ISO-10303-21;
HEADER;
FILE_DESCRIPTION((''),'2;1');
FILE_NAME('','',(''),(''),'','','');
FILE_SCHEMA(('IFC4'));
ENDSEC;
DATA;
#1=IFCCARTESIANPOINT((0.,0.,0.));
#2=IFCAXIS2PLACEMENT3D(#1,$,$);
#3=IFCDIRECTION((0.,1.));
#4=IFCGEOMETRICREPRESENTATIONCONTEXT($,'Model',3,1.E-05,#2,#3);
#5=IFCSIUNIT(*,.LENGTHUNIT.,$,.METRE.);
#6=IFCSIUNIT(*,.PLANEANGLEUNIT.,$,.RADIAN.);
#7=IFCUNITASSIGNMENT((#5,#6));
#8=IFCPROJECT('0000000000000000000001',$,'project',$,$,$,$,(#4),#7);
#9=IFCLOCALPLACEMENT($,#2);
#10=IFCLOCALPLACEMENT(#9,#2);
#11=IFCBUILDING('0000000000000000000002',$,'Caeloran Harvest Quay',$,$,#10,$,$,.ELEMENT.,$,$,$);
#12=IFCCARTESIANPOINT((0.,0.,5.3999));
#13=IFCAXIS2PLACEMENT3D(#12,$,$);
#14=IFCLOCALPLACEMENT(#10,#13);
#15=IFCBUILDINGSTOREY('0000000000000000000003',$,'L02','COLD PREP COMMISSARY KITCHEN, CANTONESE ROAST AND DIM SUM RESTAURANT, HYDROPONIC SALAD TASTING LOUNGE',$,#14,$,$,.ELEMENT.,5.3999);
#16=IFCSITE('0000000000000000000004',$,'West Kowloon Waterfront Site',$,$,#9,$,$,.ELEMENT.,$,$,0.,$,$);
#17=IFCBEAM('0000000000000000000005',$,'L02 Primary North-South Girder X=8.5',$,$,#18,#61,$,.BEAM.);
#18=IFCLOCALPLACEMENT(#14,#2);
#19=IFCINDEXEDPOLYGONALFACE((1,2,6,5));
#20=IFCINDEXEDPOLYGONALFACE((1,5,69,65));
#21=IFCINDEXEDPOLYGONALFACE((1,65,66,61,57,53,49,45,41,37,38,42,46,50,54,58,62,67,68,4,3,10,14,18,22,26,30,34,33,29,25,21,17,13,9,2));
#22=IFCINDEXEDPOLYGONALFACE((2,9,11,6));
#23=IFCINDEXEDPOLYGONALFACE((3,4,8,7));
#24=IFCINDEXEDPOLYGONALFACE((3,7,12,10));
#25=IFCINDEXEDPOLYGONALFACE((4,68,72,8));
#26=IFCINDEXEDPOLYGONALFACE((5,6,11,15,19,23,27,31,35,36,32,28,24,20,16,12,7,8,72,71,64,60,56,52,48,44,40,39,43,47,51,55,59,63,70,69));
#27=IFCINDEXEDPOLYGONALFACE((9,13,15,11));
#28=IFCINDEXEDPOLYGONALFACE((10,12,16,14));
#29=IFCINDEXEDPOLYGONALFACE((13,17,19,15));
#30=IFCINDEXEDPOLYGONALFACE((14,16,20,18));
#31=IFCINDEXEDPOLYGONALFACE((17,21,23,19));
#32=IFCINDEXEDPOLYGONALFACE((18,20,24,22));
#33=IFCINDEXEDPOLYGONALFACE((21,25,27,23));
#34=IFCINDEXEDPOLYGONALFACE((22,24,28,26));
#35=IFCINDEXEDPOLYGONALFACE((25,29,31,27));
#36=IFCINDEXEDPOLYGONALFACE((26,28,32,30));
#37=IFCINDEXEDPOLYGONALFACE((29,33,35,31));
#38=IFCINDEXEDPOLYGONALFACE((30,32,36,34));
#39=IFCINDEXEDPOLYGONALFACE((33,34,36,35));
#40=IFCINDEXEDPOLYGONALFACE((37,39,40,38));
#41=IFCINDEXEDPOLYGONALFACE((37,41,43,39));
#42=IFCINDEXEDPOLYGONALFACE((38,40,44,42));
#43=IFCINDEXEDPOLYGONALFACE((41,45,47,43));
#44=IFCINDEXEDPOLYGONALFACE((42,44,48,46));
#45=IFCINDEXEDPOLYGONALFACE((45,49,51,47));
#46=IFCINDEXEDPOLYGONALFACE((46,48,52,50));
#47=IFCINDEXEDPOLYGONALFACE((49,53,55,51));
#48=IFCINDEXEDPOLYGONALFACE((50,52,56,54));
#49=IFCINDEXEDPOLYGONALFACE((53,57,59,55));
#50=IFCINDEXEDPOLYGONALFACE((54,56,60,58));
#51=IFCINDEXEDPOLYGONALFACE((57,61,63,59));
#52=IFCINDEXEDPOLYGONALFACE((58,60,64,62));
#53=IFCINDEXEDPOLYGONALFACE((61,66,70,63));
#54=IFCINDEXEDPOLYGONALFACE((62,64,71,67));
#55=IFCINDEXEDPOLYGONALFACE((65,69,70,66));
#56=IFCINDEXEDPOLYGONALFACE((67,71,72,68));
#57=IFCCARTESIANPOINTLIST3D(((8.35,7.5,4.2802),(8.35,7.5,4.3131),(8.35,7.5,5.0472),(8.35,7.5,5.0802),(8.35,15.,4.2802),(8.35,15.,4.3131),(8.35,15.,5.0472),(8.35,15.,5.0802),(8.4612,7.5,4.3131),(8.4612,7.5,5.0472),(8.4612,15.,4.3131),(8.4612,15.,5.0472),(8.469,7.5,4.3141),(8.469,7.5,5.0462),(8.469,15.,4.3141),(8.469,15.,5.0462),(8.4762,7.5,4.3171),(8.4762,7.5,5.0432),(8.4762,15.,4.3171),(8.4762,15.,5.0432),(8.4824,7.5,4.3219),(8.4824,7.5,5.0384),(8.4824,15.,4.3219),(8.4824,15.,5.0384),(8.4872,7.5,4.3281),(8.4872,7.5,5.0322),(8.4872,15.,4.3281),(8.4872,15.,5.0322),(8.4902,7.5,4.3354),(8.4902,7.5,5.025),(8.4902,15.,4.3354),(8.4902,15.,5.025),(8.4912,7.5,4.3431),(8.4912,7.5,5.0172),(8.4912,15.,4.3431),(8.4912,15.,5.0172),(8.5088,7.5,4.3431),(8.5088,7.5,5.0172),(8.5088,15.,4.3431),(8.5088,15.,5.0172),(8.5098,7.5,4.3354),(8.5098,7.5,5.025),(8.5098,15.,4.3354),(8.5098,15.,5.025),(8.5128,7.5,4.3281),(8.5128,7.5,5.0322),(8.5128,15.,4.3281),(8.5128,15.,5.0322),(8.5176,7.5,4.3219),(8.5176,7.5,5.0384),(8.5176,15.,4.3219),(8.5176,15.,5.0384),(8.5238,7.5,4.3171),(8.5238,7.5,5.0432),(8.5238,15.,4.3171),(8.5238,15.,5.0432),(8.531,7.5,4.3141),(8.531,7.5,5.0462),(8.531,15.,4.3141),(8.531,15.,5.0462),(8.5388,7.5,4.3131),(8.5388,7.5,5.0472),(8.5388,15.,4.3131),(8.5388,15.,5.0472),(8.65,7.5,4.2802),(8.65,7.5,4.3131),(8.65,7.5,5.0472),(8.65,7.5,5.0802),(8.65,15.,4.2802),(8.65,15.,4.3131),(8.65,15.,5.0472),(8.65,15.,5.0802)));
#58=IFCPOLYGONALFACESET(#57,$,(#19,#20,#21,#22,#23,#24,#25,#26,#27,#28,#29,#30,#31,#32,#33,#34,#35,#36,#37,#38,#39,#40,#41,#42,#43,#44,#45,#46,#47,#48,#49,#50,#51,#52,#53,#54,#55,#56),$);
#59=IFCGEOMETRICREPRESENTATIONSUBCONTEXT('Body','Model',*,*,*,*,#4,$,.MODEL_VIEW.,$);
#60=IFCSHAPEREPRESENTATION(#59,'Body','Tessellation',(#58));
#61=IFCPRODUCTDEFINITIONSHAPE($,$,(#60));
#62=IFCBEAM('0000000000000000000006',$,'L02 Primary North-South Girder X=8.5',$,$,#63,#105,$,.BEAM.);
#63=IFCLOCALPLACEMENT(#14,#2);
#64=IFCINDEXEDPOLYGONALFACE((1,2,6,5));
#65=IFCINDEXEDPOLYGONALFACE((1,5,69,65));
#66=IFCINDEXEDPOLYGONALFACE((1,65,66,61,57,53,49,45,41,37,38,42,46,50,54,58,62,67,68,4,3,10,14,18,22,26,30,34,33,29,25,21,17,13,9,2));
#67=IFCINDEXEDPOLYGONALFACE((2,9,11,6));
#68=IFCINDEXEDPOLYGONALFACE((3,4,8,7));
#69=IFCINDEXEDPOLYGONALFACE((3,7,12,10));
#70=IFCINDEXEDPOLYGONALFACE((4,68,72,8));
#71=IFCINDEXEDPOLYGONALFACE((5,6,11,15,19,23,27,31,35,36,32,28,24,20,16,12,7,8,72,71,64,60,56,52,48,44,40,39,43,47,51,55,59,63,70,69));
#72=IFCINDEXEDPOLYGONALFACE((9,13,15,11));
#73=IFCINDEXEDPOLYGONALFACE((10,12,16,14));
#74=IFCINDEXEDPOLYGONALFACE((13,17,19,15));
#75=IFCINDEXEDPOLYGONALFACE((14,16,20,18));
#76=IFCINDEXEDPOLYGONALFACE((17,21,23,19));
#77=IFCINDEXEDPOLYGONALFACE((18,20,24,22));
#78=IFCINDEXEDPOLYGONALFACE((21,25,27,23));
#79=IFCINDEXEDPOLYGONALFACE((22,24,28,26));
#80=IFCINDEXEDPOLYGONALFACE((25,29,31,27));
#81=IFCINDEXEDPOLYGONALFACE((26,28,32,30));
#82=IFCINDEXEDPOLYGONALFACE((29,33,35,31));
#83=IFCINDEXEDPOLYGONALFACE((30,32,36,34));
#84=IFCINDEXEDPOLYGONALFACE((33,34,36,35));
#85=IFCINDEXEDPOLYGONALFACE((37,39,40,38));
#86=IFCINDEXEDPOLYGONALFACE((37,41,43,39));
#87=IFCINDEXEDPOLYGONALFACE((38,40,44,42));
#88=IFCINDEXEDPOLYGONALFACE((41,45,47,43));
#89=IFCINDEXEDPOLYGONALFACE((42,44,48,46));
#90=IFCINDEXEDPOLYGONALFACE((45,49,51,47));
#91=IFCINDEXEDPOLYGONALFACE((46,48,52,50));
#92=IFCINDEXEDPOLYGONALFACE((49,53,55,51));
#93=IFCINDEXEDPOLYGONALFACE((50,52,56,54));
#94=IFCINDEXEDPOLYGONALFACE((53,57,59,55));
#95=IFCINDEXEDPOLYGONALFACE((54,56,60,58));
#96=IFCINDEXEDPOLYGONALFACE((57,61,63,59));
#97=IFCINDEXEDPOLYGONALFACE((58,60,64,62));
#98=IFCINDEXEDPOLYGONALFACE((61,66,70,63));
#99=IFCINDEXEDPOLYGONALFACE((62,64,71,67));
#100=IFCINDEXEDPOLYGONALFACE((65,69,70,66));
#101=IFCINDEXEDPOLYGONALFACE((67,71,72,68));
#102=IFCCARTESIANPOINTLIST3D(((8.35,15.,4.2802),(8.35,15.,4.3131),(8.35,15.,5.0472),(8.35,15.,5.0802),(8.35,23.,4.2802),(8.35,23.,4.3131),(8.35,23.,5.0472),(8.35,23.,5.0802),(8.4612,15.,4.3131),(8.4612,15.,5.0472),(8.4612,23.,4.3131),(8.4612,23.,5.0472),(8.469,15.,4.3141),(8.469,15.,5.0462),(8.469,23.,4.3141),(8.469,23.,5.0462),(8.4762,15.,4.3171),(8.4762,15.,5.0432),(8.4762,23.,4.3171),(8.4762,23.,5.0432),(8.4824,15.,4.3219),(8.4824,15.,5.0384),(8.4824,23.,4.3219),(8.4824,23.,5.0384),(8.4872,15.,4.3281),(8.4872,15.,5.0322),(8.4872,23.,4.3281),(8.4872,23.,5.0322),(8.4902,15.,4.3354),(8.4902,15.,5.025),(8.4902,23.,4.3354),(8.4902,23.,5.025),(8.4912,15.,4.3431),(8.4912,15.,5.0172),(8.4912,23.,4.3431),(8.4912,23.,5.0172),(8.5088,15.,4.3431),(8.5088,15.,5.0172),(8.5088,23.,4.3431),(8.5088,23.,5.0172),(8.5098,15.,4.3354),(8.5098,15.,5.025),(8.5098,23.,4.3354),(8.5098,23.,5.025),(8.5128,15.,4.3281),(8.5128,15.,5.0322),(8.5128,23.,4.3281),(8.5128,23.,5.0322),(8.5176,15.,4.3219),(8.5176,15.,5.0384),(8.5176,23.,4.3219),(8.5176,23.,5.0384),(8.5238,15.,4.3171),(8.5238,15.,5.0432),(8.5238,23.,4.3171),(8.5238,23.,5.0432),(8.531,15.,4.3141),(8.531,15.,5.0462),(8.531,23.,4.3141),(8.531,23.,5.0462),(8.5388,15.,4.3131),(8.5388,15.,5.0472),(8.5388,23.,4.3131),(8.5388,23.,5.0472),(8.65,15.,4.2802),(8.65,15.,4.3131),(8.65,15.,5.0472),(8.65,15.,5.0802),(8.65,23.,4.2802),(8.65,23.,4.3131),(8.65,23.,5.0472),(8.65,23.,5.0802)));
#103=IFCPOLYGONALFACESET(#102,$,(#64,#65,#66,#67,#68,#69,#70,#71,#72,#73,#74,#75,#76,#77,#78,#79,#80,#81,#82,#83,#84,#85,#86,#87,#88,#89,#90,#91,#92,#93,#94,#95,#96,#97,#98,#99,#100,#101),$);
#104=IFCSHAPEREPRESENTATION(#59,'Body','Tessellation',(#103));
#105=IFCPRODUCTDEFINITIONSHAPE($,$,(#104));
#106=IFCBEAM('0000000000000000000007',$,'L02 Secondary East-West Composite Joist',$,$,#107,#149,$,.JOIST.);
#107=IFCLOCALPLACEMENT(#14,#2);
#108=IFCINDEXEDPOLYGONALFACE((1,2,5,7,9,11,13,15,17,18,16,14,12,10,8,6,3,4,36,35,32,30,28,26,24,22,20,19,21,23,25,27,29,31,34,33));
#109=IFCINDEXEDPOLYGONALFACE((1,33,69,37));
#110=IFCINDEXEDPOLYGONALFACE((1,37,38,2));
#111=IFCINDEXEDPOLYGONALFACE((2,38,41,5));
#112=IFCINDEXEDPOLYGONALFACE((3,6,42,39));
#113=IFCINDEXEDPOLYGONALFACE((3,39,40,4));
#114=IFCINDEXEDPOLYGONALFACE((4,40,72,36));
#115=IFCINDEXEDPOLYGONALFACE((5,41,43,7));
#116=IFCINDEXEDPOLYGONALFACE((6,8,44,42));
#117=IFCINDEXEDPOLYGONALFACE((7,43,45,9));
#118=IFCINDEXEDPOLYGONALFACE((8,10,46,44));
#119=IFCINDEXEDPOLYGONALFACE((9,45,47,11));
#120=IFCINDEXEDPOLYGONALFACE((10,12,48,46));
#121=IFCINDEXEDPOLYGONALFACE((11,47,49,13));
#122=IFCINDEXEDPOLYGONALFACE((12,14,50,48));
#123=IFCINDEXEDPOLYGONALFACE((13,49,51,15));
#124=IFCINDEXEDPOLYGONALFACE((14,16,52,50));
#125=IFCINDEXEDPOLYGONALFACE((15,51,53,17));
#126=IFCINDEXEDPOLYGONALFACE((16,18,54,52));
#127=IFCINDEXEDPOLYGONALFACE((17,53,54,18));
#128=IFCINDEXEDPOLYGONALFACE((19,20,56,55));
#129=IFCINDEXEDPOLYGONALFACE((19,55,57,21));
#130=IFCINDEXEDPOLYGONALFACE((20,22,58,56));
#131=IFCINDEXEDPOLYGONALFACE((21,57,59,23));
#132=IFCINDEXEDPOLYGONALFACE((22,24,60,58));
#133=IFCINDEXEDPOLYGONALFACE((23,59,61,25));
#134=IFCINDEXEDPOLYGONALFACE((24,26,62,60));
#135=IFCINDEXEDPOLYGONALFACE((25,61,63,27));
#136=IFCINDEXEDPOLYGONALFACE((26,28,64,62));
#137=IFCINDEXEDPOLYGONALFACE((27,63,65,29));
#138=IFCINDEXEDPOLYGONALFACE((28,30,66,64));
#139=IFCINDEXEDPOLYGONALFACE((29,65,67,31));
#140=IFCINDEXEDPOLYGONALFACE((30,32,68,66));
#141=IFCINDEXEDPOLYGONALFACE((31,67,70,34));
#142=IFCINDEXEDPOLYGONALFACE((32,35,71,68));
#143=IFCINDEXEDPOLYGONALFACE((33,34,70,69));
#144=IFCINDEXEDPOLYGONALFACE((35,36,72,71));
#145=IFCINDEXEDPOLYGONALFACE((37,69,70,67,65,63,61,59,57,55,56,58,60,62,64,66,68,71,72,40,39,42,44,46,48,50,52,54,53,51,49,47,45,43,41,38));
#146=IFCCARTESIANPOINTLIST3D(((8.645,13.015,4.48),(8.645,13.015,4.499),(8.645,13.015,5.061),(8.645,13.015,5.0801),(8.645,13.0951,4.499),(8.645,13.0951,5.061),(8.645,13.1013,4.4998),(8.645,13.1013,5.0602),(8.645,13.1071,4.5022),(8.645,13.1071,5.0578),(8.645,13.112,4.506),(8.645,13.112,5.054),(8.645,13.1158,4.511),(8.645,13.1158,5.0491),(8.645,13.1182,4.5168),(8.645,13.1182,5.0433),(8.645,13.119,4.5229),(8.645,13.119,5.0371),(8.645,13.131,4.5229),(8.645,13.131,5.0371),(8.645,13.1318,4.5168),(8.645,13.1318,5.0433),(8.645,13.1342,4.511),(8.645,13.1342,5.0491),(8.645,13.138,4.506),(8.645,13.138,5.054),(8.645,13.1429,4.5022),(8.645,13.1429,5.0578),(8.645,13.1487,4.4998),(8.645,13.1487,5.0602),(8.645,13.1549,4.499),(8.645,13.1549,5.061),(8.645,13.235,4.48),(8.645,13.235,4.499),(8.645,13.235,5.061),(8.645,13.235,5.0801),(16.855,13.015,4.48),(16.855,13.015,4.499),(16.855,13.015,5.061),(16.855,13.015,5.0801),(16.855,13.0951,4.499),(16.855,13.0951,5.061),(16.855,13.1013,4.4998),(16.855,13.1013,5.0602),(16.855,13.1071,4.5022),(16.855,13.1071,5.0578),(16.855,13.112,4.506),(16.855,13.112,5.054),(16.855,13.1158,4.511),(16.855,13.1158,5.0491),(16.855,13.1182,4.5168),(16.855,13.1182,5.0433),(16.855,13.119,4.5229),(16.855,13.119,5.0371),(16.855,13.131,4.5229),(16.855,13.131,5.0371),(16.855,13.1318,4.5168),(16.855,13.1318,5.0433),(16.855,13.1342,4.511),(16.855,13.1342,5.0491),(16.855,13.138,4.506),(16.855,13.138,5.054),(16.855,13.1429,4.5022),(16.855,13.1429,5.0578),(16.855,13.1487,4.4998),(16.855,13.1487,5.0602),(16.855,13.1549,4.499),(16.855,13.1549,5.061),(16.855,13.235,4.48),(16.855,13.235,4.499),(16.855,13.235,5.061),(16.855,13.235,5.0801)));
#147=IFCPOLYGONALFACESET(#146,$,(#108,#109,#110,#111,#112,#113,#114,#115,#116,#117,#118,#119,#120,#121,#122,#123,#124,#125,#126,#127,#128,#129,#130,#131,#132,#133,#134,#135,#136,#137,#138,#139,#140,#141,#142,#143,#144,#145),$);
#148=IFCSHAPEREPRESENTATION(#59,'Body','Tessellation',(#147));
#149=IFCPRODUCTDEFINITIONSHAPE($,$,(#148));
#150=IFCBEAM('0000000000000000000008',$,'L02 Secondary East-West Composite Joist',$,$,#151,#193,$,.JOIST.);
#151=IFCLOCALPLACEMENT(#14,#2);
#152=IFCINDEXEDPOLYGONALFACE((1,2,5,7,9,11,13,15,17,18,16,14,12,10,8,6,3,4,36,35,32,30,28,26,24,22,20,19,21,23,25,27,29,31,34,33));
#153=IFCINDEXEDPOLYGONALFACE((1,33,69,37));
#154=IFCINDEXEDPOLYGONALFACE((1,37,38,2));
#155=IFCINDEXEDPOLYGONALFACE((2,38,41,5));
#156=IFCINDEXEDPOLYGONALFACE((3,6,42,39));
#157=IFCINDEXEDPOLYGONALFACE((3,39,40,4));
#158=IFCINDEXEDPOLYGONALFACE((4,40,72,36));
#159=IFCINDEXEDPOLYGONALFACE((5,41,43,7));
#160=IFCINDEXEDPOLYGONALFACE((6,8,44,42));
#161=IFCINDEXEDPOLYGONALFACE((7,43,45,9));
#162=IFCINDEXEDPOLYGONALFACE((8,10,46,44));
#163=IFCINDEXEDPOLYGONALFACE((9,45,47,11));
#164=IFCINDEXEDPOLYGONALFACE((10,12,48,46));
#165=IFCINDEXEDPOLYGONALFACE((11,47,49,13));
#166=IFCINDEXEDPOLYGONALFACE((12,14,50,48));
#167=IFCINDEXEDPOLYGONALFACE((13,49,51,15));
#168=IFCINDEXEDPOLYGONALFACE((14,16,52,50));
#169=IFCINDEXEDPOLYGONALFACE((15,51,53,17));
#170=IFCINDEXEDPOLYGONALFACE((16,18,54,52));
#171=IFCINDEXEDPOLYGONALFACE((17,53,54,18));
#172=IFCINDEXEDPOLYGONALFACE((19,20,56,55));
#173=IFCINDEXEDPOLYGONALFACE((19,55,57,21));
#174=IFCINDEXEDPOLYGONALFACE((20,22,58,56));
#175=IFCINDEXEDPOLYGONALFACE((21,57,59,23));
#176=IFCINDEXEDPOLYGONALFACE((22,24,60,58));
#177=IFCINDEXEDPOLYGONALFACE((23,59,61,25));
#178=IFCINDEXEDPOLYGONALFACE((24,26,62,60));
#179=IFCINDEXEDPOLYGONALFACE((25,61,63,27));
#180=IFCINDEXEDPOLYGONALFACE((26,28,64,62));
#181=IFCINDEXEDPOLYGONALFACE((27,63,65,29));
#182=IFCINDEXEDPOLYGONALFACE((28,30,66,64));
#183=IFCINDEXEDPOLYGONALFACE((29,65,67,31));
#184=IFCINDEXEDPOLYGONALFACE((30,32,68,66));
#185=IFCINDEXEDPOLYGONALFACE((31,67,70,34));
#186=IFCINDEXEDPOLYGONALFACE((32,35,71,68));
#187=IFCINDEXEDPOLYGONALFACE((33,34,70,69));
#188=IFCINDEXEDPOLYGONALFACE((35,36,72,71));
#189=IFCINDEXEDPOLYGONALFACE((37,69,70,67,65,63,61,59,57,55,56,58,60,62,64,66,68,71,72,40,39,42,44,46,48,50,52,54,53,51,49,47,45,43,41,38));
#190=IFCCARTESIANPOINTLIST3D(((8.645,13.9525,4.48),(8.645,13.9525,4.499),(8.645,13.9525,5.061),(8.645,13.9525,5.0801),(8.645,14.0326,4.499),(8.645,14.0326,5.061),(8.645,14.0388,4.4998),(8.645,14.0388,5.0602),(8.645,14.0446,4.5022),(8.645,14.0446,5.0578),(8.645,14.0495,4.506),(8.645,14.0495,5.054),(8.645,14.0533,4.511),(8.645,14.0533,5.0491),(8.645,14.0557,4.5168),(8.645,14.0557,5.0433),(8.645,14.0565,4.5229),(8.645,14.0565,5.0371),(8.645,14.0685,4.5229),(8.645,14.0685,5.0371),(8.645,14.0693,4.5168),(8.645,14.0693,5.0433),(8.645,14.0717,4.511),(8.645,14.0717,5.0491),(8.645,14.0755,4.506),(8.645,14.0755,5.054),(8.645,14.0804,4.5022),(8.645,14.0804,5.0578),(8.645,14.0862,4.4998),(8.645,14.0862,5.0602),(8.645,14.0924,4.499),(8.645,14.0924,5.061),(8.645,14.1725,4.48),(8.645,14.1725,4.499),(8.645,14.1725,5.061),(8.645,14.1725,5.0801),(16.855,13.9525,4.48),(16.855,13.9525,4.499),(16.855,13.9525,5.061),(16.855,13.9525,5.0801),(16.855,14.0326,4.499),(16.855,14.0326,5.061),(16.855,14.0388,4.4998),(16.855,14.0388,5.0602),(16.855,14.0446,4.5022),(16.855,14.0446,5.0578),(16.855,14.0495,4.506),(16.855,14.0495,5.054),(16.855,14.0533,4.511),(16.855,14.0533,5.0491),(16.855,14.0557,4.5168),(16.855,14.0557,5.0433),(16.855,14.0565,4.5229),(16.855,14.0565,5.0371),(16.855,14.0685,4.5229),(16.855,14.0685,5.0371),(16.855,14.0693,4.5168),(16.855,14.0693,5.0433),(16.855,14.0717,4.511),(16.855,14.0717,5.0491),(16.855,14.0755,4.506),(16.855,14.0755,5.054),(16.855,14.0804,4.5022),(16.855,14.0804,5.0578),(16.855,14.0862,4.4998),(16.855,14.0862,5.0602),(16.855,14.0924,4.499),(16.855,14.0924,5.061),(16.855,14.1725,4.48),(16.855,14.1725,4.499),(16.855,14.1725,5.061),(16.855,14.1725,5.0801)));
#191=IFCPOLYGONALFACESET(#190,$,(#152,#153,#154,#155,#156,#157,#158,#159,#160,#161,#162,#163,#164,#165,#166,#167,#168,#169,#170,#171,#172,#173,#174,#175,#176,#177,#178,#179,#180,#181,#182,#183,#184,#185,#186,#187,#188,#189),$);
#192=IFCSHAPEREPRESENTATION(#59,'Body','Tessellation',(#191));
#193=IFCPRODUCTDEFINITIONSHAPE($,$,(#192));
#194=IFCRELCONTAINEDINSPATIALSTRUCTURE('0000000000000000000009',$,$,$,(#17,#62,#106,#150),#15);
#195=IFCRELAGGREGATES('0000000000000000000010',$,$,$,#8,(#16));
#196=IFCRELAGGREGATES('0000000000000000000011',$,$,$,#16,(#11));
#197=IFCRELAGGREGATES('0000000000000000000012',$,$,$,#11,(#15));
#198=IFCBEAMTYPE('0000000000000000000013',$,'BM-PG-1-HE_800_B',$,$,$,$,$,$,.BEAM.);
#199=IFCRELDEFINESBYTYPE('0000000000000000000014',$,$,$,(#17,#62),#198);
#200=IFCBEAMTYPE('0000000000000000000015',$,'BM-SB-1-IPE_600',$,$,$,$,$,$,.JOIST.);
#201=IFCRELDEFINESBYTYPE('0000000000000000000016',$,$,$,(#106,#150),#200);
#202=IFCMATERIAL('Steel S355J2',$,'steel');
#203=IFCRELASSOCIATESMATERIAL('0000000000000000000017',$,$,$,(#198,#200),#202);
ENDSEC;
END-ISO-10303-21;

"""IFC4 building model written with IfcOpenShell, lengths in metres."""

from ifc_helpers import new_model, si_unit, direction, frame, origin, origin_2d, place, context, subcontext, project, spatial, i_section, extrude, material, material_profile, profile_set, type_object, element, save


model = new_model("IFC4")

# Units and contexts
model_context = context("Model", 3, precision=1e-05, world=origin(), true_north=direction((0.0, 1.0)))
body_context = subcontext(model_context, "Body", "Model", "MODEL_VIEW")
ifc_project = project(units=[si_unit("LENGTHUNIT", "METRE"), si_unit("PLANEANGLEUNIT", "RADIAN")], contexts=[model_context])

# Site, building, storey
site_placement = place(None, origin())
site = spatial("IfcSite", under=ifc_project, at=site_placement, Name="West Kowloon Waterfront Site", CompositionType="ELEMENT", RefElevation=0.0)
building_placement = place(site_placement, origin())
building = spatial("IfcBuilding", under=site, at=building_placement, Name="Caeloran Harvest Quay", CompositionType="ELEMENT")
storey_placement = place(building_placement, frame((0.0, 0.0, 5.3999)))
storey = spatial("IfcBuildingStorey", under=building, at=storey_placement, Name="L02", Description="COLD PREP COMMISSARY KITCHEN, CANTONESE ROAST AND DIM SUM RESTAURANT, HYDROPONIC SALAD TASTING LOUNGE", CompositionType="ELEMENT", Elevation=5.3999)

# Beams
ifc_material_1 = material(Name="Steel S355J2", Category="steel")
ifc_material_profile_1 = material_profile(ifc_material_1, i_section(OverallWidth=0.3, OverallDepth=0.8, WebThickness=0.0176, FlangeThickness=0.033, FilletRadius=0.03, at=origin_2d()), Name="HE 800 B")
ifc_profile_set_1 = profile_set([ifc_material_profile_1], Name="Steel S355J2")
beam_type_1 = type_object("IfcBeamType", Name="BM-PG-1-HE_800_B", PredefinedType="BEAM", material=ifc_profile_set_1)
beam_1_placement = place(storey_placement, frame((8.5, 7.5, 4.6802), z_axis=(0.0, 1.0, 0.0), x_axis=(-1.0, 0.0, 0.0)))
element("IfcBeam", 1, at=beam_1_placement, inside=storey, type_object=beam_type_1, Name="L02 Primary North-South Girder X=8.5", PredefinedType="BEAM", context=body_context, shape_type="SweptSolid", body=[
    extrude(i_section(OverallWidth=0.3, OverallDepth=0.8, WebThickness=0.0176, FlangeThickness=0.033, FilletRadius=0.03, at=origin_2d()), origin(), (0.0, 0.0, 1.0), 7.5),
])
beam_2_placement = place(storey_placement, frame((8.5, 15.0, 4.6802), z_axis=(0.0, 1.0, 0.0), x_axis=(-1.0, 0.0, 0.0)))
element("IfcBeam", 2, at=beam_2_placement, inside=storey, type_object=beam_type_1, Name="L02 Primary North-South Girder X=8.5", PredefinedType="BEAM", context=body_context, shape_type="SweptSolid", body=[
    extrude(i_section(OverallWidth=0.3, OverallDepth=0.8, WebThickness=0.0176, FlangeThickness=0.033, FilletRadius=0.03, at=origin_2d()), origin(), (0.0, 0.0, 1.0), 8.0),
])
ifc_material_profile_2 = material_profile(ifc_material_1, i_section(OverallWidth=0.22, OverallDepth=0.6001, WebThickness=0.012, FlangeThickness=0.019, FilletRadius=0.0239, at=origin_2d()), Name="IPE 600")
ifc_profile_set_2 = profile_set([ifc_material_profile_2], Name="Steel S355J2")
beam_type_2 = type_object("IfcBeamType", Name="BM-SB-1-IPE_600", PredefinedType="JOIST", material=ifc_profile_set_2)
for number, where, z_axis, x_axis, name in (
    (3, (8.645, 13.125, 4.78), (1.0, 0.0, 0.0), (0.0, 1.0, 0.0), "L02 Secondary East-West Composite Joist"),
    (4, (8.645, 14.0625, 4.78), (1.0, 0.0, 0.0), (0.0, 1.0, 0.0), "L02 Secondary East-West Composite Joist"),
):
    element("IfcBeam", number, at=place(storey_placement, frame(where, z_axis=z_axis, x_axis=x_axis)), inside=storey, type_object=beam_type_2, Name=name, PredefinedType="JOIST", context=body_context, shape_type="SweptSolid", body=[
        extrude(i_section(OverallWidth=0.22, OverallDepth=0.6001, WebThickness=0.012, FlangeThickness=0.019, FilletRadius=0.0239, at=origin_2d()), origin(), (0.0, 0.0, 1.0), 8.21),
    ])

save(model, "model.ifc")
